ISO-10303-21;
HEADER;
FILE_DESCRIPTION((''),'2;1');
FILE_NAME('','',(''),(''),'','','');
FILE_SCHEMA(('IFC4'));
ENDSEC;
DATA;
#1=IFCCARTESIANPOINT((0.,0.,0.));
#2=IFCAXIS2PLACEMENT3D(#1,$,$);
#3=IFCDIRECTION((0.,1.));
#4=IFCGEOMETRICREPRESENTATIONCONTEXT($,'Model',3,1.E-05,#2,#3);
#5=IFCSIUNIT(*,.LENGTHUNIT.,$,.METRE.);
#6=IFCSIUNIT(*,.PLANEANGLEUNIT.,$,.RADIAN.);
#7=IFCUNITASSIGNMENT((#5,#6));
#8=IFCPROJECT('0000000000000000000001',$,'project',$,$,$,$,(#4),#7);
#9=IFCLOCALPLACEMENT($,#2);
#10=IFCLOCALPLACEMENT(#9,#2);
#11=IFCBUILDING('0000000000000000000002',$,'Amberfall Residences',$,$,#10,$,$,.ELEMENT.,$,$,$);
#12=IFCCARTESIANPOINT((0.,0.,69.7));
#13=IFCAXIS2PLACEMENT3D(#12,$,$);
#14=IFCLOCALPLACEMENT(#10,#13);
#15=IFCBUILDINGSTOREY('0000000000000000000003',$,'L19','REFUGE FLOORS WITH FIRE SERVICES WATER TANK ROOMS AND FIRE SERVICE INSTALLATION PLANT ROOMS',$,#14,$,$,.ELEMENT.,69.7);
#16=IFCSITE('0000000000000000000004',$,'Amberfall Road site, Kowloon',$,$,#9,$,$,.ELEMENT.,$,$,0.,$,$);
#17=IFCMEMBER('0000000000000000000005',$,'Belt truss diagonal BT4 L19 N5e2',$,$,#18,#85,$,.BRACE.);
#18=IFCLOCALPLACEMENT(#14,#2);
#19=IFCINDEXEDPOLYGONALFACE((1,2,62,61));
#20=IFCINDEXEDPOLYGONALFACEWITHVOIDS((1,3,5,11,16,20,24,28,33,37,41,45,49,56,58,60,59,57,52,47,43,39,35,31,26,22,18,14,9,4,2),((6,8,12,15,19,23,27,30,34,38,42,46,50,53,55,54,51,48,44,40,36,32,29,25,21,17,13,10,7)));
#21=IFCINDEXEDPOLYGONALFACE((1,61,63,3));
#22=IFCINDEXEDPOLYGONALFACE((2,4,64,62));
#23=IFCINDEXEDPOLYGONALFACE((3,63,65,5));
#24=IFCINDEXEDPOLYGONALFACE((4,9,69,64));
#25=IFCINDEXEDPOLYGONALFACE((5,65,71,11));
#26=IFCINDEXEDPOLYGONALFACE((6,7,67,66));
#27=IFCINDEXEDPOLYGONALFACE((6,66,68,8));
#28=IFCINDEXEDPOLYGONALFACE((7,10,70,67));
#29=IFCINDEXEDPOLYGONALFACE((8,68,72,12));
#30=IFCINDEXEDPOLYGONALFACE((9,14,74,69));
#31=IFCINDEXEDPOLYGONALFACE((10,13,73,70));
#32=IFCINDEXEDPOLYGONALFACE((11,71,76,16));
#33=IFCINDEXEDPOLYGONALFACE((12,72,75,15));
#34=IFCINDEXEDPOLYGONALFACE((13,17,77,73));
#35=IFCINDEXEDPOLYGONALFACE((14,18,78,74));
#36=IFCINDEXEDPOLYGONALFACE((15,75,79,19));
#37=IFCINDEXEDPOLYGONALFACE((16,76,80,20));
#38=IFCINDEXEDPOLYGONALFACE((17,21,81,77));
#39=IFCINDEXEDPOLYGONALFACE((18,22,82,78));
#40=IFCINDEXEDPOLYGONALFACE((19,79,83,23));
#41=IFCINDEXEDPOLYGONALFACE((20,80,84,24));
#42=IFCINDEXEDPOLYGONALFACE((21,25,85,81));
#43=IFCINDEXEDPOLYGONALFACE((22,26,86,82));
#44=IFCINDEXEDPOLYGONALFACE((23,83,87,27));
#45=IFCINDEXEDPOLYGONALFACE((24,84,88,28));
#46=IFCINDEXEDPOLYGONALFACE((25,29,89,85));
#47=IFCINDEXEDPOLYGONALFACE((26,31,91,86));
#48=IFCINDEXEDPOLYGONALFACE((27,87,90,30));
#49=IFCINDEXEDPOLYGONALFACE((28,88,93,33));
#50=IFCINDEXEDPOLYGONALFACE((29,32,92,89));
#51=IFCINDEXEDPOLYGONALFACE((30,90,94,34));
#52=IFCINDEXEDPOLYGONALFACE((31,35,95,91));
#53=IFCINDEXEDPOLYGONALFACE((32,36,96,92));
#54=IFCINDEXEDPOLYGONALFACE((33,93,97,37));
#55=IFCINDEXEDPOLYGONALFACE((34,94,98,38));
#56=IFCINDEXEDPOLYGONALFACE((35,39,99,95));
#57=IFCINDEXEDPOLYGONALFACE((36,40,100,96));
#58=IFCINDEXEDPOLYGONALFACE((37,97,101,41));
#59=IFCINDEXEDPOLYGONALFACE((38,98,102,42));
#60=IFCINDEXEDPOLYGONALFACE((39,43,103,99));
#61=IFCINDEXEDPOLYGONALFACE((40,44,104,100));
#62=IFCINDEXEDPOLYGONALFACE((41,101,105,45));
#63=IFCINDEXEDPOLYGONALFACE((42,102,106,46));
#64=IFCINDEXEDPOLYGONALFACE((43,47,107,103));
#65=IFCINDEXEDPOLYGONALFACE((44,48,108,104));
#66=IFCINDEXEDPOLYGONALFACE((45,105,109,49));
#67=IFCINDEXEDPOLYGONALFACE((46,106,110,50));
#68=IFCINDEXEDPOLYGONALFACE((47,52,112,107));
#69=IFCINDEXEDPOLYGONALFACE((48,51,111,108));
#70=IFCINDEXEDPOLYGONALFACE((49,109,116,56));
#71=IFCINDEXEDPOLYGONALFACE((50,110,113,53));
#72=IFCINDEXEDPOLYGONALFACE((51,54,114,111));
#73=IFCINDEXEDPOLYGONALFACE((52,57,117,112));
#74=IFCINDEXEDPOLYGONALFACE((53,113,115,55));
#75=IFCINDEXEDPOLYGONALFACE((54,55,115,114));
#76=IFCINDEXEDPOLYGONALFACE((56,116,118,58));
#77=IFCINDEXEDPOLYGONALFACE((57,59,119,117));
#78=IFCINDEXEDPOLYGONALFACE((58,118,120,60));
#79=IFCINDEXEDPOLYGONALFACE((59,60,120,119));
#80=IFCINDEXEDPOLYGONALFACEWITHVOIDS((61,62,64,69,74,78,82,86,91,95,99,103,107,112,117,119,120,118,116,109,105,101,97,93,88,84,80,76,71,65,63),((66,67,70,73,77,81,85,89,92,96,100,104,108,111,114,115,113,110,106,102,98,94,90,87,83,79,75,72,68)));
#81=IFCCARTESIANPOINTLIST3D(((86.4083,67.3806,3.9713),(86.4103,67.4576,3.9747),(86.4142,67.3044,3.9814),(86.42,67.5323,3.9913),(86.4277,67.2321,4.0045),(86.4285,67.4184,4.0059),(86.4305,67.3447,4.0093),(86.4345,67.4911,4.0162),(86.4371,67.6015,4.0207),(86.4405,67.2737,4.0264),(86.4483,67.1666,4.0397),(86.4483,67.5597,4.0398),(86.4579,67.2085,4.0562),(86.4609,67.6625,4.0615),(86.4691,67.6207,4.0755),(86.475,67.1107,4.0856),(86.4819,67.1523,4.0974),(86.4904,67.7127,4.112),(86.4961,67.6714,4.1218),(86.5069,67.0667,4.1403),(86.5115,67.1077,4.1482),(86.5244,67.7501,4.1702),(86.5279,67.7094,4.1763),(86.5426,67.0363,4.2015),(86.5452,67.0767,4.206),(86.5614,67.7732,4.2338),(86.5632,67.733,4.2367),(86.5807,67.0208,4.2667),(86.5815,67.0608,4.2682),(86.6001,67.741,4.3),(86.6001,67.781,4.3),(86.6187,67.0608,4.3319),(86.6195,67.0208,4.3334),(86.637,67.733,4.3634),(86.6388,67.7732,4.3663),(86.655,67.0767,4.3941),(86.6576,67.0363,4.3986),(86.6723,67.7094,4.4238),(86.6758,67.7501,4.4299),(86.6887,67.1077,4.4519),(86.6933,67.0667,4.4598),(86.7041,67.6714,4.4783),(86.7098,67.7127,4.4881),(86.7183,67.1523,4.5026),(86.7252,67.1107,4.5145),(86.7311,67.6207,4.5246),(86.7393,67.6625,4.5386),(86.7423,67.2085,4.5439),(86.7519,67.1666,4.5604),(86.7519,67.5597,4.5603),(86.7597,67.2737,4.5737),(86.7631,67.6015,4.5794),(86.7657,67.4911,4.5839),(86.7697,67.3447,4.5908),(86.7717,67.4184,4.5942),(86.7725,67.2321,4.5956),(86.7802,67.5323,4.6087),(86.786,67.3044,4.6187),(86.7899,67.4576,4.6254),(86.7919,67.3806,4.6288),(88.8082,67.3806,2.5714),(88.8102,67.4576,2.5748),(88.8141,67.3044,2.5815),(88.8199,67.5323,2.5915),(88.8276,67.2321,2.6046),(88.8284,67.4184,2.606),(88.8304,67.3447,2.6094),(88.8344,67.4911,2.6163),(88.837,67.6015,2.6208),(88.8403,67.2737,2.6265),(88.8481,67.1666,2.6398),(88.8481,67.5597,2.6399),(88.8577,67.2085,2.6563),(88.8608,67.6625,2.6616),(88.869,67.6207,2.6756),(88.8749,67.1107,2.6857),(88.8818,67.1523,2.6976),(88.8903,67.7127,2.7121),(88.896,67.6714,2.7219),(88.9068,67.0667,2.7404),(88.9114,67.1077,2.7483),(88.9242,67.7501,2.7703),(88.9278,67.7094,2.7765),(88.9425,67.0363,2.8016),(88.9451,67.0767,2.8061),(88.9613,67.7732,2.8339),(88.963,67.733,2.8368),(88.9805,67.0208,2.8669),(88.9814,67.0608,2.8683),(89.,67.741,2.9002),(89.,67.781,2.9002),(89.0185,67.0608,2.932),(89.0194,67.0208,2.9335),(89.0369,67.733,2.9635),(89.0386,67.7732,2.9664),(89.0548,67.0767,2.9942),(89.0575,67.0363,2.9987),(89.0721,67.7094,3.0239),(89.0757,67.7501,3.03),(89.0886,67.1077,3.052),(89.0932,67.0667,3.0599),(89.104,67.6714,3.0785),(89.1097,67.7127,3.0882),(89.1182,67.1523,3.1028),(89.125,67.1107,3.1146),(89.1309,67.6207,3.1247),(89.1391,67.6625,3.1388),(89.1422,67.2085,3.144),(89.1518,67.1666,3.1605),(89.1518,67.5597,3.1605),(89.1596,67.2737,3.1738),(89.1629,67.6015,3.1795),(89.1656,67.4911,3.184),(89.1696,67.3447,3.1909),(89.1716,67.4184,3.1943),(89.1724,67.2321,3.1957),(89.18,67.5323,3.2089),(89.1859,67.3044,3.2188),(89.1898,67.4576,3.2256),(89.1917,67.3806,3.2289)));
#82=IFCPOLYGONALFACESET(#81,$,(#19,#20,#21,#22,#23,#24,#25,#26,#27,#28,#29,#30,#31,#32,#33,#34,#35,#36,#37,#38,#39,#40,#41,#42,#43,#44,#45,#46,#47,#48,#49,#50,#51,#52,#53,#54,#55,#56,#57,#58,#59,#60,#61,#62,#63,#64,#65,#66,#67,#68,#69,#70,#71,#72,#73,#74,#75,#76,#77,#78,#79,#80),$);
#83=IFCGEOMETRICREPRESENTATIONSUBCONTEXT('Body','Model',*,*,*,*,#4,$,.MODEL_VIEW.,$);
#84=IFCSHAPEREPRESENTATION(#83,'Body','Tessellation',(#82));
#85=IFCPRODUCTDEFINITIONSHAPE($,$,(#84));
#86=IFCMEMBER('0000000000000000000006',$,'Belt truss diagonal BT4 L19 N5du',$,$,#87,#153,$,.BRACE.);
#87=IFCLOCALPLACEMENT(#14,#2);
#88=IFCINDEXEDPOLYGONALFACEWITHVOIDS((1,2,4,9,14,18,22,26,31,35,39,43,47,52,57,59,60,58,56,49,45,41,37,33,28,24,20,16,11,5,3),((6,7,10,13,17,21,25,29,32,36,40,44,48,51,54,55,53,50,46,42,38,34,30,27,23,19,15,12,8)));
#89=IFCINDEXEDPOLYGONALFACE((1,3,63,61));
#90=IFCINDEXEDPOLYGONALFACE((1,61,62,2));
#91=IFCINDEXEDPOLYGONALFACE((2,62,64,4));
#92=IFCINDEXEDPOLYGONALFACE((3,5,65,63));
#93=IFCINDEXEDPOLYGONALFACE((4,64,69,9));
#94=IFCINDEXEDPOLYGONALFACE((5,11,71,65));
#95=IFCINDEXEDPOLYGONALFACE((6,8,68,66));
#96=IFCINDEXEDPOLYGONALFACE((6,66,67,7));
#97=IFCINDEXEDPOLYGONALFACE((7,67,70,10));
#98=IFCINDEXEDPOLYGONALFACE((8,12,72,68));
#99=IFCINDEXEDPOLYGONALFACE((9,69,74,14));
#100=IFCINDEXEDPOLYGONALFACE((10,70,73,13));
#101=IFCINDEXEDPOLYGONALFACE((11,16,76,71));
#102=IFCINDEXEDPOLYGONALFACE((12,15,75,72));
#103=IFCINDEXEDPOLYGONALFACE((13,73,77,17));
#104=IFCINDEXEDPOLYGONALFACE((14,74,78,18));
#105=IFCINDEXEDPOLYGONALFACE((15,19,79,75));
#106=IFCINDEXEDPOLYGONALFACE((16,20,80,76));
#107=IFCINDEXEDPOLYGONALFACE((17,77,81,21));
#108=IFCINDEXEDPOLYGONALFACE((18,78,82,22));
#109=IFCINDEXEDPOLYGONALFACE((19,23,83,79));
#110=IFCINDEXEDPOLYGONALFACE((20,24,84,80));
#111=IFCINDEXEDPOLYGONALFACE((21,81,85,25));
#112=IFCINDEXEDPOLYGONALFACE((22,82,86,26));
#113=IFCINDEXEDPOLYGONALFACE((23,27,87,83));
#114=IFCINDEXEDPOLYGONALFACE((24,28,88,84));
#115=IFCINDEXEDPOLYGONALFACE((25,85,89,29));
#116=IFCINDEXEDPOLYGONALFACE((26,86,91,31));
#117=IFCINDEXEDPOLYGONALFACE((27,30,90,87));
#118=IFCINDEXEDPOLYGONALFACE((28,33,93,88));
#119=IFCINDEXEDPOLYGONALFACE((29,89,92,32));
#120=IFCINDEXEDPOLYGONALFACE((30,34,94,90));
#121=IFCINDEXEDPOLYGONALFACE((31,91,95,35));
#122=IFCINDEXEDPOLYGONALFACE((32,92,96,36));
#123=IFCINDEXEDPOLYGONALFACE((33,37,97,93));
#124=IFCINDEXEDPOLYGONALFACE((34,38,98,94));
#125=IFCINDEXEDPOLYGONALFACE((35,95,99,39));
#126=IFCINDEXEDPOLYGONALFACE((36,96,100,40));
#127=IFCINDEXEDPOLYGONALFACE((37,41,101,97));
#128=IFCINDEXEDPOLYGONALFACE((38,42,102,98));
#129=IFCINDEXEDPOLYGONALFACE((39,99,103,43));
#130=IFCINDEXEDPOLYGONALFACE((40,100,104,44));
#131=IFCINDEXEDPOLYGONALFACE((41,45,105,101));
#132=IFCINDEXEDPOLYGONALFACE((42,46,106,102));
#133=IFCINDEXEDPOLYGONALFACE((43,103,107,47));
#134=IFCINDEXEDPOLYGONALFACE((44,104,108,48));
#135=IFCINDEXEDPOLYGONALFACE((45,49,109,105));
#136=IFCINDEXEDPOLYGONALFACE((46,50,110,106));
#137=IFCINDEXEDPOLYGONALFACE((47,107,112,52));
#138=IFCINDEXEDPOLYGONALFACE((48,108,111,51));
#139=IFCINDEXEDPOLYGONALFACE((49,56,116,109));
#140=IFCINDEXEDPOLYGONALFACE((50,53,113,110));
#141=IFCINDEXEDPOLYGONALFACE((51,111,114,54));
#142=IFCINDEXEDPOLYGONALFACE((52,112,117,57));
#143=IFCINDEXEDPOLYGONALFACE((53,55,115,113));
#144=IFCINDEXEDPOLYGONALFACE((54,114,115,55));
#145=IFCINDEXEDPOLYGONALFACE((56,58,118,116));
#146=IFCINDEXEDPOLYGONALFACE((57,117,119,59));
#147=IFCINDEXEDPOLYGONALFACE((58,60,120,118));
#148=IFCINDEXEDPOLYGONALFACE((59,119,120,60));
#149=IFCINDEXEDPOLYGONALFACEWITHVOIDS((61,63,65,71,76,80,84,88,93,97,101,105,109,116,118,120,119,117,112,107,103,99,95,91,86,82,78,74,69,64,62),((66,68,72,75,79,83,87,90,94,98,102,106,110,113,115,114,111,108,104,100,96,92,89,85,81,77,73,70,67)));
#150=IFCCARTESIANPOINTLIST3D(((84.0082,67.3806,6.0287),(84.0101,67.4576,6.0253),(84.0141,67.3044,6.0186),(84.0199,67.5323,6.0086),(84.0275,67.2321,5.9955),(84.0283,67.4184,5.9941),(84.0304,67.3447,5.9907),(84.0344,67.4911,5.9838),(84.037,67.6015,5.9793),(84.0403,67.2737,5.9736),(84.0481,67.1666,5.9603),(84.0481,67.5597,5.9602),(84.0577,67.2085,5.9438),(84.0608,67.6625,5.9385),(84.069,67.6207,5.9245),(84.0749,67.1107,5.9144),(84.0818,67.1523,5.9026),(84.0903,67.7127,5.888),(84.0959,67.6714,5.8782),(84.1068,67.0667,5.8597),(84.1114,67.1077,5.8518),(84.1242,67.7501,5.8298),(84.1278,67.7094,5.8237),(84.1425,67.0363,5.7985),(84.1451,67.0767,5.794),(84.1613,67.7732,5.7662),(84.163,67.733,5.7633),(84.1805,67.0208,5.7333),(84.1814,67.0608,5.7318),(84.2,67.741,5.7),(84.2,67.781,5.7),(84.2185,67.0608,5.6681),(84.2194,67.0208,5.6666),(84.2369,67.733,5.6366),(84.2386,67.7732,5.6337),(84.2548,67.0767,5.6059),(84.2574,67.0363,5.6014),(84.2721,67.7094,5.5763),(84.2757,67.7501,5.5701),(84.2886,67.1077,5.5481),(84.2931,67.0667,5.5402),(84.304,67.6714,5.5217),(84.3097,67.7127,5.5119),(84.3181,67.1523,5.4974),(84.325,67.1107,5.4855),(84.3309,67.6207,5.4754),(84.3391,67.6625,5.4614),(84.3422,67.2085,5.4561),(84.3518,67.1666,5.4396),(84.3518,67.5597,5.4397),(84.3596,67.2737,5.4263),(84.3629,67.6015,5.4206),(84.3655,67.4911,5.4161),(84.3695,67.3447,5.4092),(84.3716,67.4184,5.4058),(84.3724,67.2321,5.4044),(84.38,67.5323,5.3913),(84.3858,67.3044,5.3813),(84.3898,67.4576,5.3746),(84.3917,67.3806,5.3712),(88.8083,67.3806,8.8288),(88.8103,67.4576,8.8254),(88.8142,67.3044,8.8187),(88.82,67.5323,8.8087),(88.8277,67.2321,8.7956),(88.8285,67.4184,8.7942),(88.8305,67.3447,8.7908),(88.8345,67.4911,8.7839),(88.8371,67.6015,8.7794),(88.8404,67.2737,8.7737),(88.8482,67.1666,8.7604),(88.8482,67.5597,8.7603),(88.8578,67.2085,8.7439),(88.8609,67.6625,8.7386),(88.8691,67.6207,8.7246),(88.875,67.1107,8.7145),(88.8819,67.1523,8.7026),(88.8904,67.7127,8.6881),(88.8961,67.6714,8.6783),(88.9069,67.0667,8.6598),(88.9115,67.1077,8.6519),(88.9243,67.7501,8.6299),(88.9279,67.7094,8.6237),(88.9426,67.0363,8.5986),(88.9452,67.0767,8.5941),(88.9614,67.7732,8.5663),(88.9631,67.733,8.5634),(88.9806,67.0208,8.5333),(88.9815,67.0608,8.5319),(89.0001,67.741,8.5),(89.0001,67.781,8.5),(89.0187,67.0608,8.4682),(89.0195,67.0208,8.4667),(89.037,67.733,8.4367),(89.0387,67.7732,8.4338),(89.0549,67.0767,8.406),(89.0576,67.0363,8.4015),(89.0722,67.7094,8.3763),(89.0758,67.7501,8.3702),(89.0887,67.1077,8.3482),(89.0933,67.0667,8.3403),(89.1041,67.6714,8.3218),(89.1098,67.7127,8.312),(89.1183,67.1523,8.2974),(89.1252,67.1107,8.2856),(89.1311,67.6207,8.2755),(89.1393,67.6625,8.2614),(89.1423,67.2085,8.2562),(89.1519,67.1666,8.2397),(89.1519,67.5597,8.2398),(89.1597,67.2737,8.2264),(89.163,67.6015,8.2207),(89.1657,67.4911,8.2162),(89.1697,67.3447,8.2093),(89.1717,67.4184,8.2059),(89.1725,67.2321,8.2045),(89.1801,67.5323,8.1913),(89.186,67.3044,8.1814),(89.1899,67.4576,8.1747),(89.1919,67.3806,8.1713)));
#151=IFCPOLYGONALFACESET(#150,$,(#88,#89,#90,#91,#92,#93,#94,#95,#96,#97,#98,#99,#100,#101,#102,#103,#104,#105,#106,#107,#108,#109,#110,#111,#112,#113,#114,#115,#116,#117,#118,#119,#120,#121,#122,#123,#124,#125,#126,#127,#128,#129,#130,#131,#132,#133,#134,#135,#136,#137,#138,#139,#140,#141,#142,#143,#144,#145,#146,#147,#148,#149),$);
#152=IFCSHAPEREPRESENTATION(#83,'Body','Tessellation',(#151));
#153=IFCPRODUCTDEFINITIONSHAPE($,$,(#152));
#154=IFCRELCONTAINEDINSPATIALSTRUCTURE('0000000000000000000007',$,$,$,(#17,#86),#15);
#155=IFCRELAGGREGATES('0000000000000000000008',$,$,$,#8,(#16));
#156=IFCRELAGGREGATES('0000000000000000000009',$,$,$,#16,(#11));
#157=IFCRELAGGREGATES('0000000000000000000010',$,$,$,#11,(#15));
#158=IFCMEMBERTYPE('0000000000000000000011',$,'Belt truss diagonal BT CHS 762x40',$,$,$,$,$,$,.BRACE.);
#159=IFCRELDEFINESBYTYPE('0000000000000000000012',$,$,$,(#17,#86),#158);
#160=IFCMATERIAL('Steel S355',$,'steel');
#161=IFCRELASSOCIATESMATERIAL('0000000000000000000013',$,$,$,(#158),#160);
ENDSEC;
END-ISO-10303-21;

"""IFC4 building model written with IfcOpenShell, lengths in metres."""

from ifc_helpers import new_model, si_unit, direction, frame, origin, origin_2d, place, context, subcontext, project, spatial, hollow_circle, extrude, material, material_profile, profile_set, type_object, element, save


model = new_model("IFC4")

# Units and contexts
model_context = context("Model", 3, precision=1e-05, world=origin(), true_north=direction((0.0, 1.0)))
body_context = subcontext(model_context, "Body", "Model", "MODEL_VIEW")
ifc_project = project(units=[si_unit("LENGTHUNIT", "METRE"), si_unit("PLANEANGLEUNIT", "RADIAN")], contexts=[model_context])

# Site, building, storey
site_placement = place(None, origin())
site = spatial("IfcSite", under=ifc_project, at=site_placement, Name="Amberfall Road site, Kowloon", CompositionType="ELEMENT", RefElevation=0.0)
building_placement = place(site_placement, origin())
building = spatial("IfcBuilding", under=site, at=building_placement, Name="Amberfall Residences", CompositionType="ELEMENT")
storey_placement = place(building_placement, frame((0.0, 0.0, 69.7)))
storey = spatial("IfcBuildingStorey", under=building, at=storey_placement, Name="L19", Description="REFUGE FLOORS WITH FIRE SERVICES WATER TANK ROOMS AND FIRE SERVICE INSTALLATION PLANT ROOMS", CompositionType="ELEMENT", Elevation=69.7)

# Shared definitions
ifc_material_1 = material(Name="Steel S355", Category="steel")

# Members
ifc_material_profile_1 = material_profile(ifc_material_1, hollow_circle(Radius=0.3811, WallThickness=0.04, at=origin_2d()), Name="CHS 762x40")
ifc_profile_set_1 = profile_set([ifc_material_profile_1], Name="Steel S355")
member_type = type_object("IfcMemberType", Name="Belt truss diagonal BT CHS 762x40", PredefinedType="BRACE", material=ifc_profile_set_1)
member_1_placement = place(storey_placement, frame((86.6001, 67.3999, 4.3), z_axis=(0.863785, 0.0, -0.50386), x_axis=(0.0, 1.0, 0.0)))
element("IfcMember", 1, at=member_1_placement, inside=storey, type_object=member_type, Name="Belt truss diagonal BT4 L19 N5e2", PredefinedType="BRACE", context=body_context, shape_type="SweptSolid", body=[
    extrude(hollow_circle(Radius=0.3811, WallThickness=0.04, at=origin_2d()), origin(), (0.0, 0.0, 1.0), 2.7783),
])
member_2_placement = place(storey_placement, frame((84.2, 67.3999, 5.7), z_axis=(0.863777, 0.0, 0.503874), x_axis=(0.0, 1.0, 0.0)))
element("IfcMember", 2, at=member_2_placement, inside=storey, type_object=member_type, Name="Belt truss diagonal BT4 L19 N5du", PredefinedType="BRACE", context=body_context, shape_type="SweptSolid", body=[
    extrude(hollow_circle(Radius=0.3811, WallThickness=0.04, at=origin_2d()), origin(), (0.0, 0.0, 1.0), 5.5571),
])

save(model, "model.ifc")
